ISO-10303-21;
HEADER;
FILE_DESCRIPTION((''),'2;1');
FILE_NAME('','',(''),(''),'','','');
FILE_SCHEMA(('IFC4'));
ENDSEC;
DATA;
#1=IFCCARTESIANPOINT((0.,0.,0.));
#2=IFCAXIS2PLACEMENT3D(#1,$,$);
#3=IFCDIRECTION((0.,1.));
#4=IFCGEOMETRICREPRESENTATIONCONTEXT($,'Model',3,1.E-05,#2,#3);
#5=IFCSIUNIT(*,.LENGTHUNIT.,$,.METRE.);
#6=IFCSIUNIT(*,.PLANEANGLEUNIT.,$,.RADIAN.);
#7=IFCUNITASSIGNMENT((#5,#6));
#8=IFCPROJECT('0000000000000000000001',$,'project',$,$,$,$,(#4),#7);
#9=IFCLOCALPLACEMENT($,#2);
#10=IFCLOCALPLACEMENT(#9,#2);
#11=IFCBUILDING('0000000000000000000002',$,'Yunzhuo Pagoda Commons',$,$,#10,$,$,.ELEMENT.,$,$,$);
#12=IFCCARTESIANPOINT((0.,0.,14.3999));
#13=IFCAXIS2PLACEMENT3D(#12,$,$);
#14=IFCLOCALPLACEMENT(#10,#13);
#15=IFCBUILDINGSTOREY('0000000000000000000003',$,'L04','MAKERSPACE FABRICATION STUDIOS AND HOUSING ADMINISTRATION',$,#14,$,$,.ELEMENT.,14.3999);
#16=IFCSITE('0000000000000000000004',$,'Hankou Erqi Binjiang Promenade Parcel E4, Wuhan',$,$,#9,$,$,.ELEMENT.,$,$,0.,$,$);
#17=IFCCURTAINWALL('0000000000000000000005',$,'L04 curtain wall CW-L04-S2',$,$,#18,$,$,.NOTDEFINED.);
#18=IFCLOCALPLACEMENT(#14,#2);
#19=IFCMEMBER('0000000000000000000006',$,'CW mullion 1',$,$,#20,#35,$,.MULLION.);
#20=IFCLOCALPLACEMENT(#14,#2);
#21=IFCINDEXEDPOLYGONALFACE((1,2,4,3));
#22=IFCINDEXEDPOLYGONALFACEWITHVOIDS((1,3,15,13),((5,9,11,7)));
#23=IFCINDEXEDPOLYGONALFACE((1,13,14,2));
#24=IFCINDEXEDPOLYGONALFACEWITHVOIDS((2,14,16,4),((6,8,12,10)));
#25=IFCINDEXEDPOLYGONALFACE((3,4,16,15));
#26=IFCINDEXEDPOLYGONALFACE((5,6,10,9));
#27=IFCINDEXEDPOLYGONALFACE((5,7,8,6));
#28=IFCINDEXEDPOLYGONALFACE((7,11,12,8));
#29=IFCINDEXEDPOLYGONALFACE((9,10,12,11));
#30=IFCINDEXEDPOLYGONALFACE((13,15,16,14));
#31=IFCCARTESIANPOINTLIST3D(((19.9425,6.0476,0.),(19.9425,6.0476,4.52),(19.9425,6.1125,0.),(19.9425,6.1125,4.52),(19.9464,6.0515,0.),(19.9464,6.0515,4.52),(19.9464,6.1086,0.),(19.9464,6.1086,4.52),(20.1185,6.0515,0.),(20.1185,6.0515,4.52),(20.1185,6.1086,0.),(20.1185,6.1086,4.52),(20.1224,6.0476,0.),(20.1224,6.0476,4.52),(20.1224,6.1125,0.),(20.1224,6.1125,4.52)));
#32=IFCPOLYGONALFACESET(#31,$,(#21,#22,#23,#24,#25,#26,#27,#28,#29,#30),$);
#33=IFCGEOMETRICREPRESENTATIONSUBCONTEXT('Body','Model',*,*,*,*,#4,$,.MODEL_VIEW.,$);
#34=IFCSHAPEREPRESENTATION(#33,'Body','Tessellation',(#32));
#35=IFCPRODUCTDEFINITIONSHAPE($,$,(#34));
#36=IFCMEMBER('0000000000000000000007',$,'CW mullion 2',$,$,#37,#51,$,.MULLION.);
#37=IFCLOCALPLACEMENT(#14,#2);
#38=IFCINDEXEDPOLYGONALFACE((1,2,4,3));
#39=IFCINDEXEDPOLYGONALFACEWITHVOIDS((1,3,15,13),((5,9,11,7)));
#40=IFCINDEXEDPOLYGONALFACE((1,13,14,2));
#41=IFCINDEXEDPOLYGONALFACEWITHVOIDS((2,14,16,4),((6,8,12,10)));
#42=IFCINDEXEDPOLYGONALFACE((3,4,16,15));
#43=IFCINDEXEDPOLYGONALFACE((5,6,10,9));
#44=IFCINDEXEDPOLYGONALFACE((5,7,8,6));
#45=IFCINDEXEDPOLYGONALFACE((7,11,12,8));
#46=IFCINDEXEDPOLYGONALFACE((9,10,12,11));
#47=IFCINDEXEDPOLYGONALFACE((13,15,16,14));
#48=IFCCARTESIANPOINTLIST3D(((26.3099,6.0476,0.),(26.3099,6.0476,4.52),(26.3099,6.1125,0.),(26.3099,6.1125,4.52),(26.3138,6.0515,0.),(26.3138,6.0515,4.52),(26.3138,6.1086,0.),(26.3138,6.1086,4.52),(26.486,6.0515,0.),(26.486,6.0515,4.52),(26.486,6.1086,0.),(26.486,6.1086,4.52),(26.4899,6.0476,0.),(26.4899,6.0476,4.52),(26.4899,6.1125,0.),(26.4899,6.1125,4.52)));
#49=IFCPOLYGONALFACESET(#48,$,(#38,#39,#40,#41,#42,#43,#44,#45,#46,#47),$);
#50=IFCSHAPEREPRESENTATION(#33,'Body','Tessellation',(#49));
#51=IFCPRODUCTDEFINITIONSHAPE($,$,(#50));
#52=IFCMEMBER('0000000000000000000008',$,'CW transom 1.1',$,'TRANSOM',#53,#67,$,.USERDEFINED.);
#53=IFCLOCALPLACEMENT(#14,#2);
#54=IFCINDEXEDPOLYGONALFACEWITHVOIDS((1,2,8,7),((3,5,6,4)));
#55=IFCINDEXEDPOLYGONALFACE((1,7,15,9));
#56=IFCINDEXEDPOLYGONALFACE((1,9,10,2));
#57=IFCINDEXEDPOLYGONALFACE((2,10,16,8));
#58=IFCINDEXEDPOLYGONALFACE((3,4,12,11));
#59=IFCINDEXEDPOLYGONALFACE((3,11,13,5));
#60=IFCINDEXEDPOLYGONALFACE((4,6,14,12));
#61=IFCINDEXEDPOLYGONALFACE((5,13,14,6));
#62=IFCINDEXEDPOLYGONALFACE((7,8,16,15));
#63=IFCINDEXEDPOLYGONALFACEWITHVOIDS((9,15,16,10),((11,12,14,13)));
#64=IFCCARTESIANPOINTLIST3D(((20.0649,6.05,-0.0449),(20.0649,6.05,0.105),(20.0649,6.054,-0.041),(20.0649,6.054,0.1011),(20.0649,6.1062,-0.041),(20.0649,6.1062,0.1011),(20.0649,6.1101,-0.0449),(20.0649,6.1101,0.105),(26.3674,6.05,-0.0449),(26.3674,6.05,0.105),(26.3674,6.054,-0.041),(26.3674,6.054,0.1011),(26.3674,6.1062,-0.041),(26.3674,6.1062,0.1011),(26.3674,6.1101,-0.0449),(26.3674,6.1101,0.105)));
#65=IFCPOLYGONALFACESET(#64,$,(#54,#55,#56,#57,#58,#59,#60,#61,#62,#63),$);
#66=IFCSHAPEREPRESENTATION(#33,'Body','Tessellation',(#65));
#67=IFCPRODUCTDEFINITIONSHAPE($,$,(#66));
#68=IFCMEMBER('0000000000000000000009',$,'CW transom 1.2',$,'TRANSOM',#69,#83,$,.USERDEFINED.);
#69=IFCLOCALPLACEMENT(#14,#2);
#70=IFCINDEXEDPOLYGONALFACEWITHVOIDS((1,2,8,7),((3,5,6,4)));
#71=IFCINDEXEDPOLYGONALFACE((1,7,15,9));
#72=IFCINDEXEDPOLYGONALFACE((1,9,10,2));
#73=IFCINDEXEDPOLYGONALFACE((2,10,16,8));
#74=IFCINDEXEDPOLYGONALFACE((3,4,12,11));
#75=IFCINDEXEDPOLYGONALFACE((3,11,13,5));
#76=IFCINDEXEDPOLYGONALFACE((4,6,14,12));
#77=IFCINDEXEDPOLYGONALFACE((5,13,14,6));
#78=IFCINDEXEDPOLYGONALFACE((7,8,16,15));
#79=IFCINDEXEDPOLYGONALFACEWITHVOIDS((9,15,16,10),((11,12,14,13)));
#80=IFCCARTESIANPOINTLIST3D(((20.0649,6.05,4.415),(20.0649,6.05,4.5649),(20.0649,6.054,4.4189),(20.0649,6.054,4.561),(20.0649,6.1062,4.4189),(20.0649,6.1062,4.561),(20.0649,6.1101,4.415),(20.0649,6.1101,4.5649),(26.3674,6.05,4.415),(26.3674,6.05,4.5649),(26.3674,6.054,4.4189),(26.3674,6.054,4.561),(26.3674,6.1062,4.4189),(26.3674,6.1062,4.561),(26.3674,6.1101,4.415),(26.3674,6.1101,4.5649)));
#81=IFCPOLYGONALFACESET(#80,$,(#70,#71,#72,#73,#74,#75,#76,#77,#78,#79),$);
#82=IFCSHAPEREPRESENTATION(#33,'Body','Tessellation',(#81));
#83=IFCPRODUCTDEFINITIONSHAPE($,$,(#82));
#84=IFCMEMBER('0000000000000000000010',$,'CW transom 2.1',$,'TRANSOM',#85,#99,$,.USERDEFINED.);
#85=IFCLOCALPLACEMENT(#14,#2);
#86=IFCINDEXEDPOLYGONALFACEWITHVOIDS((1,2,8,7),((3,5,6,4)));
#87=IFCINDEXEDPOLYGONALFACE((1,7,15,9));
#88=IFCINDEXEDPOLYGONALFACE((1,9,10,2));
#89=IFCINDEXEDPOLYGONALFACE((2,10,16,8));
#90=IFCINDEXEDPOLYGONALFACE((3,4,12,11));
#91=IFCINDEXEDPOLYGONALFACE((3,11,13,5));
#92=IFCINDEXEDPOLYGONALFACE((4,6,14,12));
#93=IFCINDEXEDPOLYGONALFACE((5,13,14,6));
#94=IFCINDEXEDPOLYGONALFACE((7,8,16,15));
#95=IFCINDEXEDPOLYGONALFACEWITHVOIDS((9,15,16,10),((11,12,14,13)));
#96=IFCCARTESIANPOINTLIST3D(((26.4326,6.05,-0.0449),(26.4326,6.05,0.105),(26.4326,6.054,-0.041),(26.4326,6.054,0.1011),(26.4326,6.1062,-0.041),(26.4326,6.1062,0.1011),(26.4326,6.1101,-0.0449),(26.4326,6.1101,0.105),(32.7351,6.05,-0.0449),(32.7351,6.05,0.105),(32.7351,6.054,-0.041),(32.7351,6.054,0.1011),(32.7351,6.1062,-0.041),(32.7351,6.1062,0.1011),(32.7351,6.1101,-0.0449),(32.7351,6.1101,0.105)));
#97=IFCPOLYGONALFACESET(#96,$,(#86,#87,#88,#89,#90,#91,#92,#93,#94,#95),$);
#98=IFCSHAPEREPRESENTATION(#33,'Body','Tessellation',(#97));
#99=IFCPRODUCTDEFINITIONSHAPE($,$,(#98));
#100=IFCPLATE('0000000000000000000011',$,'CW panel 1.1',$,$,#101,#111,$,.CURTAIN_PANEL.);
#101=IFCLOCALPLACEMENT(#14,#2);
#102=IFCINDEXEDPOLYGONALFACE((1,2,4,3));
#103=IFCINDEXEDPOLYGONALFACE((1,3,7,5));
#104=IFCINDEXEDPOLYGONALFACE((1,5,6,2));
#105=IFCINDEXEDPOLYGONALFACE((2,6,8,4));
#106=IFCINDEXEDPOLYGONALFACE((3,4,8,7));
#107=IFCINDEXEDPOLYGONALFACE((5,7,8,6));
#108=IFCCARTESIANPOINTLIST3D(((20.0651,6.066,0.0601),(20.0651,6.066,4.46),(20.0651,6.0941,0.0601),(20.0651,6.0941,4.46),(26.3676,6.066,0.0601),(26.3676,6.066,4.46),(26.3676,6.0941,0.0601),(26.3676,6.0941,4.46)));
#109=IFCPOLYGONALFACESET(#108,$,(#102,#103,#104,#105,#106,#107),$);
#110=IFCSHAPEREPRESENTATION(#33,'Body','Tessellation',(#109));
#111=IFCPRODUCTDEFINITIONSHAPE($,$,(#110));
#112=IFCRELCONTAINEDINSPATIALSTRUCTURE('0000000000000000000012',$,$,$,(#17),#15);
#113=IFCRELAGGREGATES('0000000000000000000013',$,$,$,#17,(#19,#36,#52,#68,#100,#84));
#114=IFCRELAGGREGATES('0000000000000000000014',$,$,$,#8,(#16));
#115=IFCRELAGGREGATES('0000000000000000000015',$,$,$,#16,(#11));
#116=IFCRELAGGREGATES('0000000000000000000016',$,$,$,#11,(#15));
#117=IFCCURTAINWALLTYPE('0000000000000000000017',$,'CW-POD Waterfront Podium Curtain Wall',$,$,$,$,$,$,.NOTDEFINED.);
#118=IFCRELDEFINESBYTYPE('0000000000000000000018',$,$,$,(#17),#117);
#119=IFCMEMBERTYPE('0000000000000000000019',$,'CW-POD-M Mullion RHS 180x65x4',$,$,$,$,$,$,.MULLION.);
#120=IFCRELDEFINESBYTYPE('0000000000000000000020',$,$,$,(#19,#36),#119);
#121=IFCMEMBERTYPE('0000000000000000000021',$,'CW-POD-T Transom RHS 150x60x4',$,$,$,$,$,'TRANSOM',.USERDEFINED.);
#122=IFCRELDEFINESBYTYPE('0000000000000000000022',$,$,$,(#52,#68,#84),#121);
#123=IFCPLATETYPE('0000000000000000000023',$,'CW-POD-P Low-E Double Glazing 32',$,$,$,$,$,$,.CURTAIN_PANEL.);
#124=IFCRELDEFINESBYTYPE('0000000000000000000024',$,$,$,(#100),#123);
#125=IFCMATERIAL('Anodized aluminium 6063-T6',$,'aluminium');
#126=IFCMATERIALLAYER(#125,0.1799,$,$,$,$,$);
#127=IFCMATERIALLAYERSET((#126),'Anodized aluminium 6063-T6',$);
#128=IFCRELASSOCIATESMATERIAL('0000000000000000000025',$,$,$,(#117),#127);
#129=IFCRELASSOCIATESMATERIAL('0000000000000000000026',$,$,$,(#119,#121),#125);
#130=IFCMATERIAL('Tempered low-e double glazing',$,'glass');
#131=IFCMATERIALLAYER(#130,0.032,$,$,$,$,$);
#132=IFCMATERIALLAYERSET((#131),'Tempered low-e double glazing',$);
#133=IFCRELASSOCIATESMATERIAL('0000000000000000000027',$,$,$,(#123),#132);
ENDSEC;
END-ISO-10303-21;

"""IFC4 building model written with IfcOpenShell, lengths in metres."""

from ifc_helpers import new_model, si_unit, direction, frame, origin, origin_2d, place, context, subcontext, project, spatial, rectangle, hollow_rectangle, extrude, source, transform, mapped, material, layer, layer_set, material_profile, profile_set, type_object, element, aggregate, save


model = new_model("IFC4")

# Units and contexts
model_context = context("Model", 3, precision=1e-05, world=origin(), true_north=direction((0.0, 1.0)))
body_context = subcontext(model_context, "Body", "Model", "MODEL_VIEW")
ifc_project = project(units=[si_unit("LENGTHUNIT", "METRE"), si_unit("PLANEANGLEUNIT", "RADIAN")], contexts=[model_context])

# Site, building, storey
site_placement = place(None, origin())
site = spatial("IfcSite", under=ifc_project, at=site_placement, Name="Hankou Erqi Binjiang Promenade Parcel E4, Wuhan", CompositionType="ELEMENT", RefElevation=0.0)
building_placement = place(site_placement, origin())
building = spatial("IfcBuilding", under=site, at=building_placement, Name="Yunzhuo Pagoda Commons", CompositionType="ELEMENT")
storey_placement = place(building_placement, frame((0.0, 0.0, 14.3999)))
storey = spatial("IfcBuildingStorey", under=building, at=storey_placement, Name="L04", Description="MAKERSPACE FABRICATION STUDIOS AND HOUSING ADMINISTRATION", CompositionType="ELEMENT", Elevation=14.3999)

# Curtain wall, members, plate
ifc_material_1 = material(Name="Anodized aluminium 6063-T6", Category="aluminium")
ifc_layer_1 = layer(ifc_material_1, 0.1799)
ifc_layer_set_1 = layer_set([ifc_layer_1], Name="Anodized aluminium 6063-T6")
curtain_wall_type = type_object("IfcCurtainWallType", Name="CW-POD Waterfront Podium Curtain Wall", PredefinedType="NOTDEFINED", material=ifc_layer_set_1)
curtain_wall_placement = place(storey_placement, origin())
curtain_wall = element("IfcCurtainWall", 1, at=curtain_wall_placement, inside=storey, type_object=curtain_wall_type, Name="L04 curtain wall CW-L04-S2", PredefinedType="NOTDEFINED")
ifc_material_profile_1 = material_profile(ifc_material_1, hollow_rectangle(XDim=0.0649, YDim=0.1799, WallThickness=0.0039, at=origin_2d()), Name="Anodized aluminium 6063-T6")
ifc_profile_set_1 = profile_set([ifc_material_profile_1], Name="Anodized aluminium 6063-T6")
member_type_1 = type_object("IfcMemberType", Name="CW-POD-M Mullion RHS 180x65x4", PredefinedType="MULLION", material=ifc_profile_set_1)
shared_shape_1 = source(origin(), body_context, "Body", "SweptSolid", [
    extrude(hollow_rectangle(XDim=0.0649, YDim=0.1799, WallThickness=0.0039, at=origin_2d()), origin(), (0.0, 0.0, 1.0), 4.52),
])
member_1_placement = place(storey_placement, frame((20.0325, 6.0801, 0.0), z_axis=(0.0, 0.0, 1.0), x_axis=(0.0, 1.0, 0.0)))
member_1 = element("IfcMember", 2, at=member_1_placement, type_object=member_type_1, Name="CW mullion 1", PredefinedType="MULLION", context=body_context, shape_type="MappedRepresentation", body=[
    mapped(shared_shape_1, transform((0.0, 0.0, 0.0), scale=1.0)),
])
member_2_placement = place(storey_placement, frame((26.3999, 6.0801, 0.0), z_axis=(0.0, 0.0, 1.0), x_axis=(0.0, 1.0, 0.0)))
member_2 = element("IfcMember", 3, at=member_2_placement, type_object=member_type_1, Name="CW mullion 2", PredefinedType="MULLION", context=body_context, shape_type="MappedRepresentation", body=[
    mapped(shared_shape_1, transform((0.0, 0.0, 0.0), scale=1.0)),
])
ifc_material_profile_2 = material_profile(ifc_material_1, hollow_rectangle(XDim=0.0601, YDim=0.1499, WallThickness=0.0039, at=origin_2d()), Name="Anodized aluminium 6063-T6")
ifc_profile_set_2 = profile_set([ifc_material_profile_2], Name="Anodized aluminium 6063-T6")
member_type_2 = type_object("IfcMemberType", Name="CW-POD-T Transom RHS 150x60x4", ElementType="TRANSOM", PredefinedType="USERDEFINED", material=ifc_profile_set_2)
shared_shape_2 = source(origin(), body_context, "Body", "SweptSolid", [
    extrude(hollow_rectangle(XDim=0.0601, YDim=0.1499, WallThickness=0.0039, at=origin_2d()), origin(), (0.0, 0.0, 1.0), 6.3025),
])
member_3_placement = place(storey_placement, frame((20.0649, 6.0801, 0.03), z_axis=(1.0, 0.0, 0.0), x_axis=(0.0, 1.0, 0.0)))
member_3 = element("IfcMember", 4, at=member_3_placement, type_object=member_type_2, Name="CW transom 1.1", ObjectType="TRANSOM", PredefinedType="USERDEFINED", context=body_context, shape_type="MappedRepresentation", body=[
    mapped(shared_shape_2, transform((0.0, 0.0, 0.0), scale=1.0)),
])
member_4_placement = place(storey_placement, frame((20.0649, 6.0801, 4.49), z_axis=(1.0, 0.0, 0.0), x_axis=(0.0, 1.0, 0.0)))
member_4 = element("IfcMember", 5, at=member_4_placement, type_object=member_type_2, Name="CW transom 1.2", ObjectType="TRANSOM", PredefinedType="USERDEFINED", context=body_context, shape_type="MappedRepresentation", body=[
    mapped(shared_shape_2, transform((0.0, 0.0, 0.0), scale=1.0)),
])
member_5_placement = place(storey_placement, frame((26.4326, 6.0801, 0.03), z_axis=(1.0, 0.0, 0.0), x_axis=(0.0, 1.0, 0.0)))
member_5 = element("IfcMember", 6, at=member_5_placement, type_object=member_type_2, Name="CW transom 2.1", ObjectType="TRANSOM", PredefinedType="USERDEFINED", context=body_context, shape_type="MappedRepresentation", body=[
    mapped(shared_shape_2, transform((0.0, 0.0, 0.0), scale=1.0)),
])
ifc_material_2 = material(Name="Tempered low-e double glazing", Category="glass")
ifc_layer_2 = layer(ifc_material_2, 0.032)
ifc_layer_set_2 = layer_set([ifc_layer_2], Name="Tempered low-e double glazing")
plate_type = type_object("IfcPlateType", Name="CW-POD-P Low-E Double Glazing 32", PredefinedType="CURTAIN_PANEL", material=ifc_layer_set_2)
shared_shape_3 = source(origin(), body_context, "Body", "SweptSolid", [
    extrude(rectangle(XDim=6.3025, YDim=0.0281, at=origin_2d()), origin(), (0.0, 0.0, 1.0), 4.3999),
])
plate_placement = place(storey_placement, frame((23.2163, 6.0801, 0.0601), z_axis=(0.0, 0.0, 1.0), x_axis=(1.0, 0.0, 0.0)))
plate = element("IfcPlate", 7, at=plate_placement, type_object=plate_type, Name="CW panel 1.1", PredefinedType="CURTAIN_PANEL", context=body_context, shape_type="MappedRepresentation", body=[
    mapped(shared_shape_3, transform((0.0, 0.0, 0.0), scale=1.0)),
])
aggregate(curtain_wall, [member_1, member_2, member_3, member_4, plate, member_5])

save(model, "model.ifc")
